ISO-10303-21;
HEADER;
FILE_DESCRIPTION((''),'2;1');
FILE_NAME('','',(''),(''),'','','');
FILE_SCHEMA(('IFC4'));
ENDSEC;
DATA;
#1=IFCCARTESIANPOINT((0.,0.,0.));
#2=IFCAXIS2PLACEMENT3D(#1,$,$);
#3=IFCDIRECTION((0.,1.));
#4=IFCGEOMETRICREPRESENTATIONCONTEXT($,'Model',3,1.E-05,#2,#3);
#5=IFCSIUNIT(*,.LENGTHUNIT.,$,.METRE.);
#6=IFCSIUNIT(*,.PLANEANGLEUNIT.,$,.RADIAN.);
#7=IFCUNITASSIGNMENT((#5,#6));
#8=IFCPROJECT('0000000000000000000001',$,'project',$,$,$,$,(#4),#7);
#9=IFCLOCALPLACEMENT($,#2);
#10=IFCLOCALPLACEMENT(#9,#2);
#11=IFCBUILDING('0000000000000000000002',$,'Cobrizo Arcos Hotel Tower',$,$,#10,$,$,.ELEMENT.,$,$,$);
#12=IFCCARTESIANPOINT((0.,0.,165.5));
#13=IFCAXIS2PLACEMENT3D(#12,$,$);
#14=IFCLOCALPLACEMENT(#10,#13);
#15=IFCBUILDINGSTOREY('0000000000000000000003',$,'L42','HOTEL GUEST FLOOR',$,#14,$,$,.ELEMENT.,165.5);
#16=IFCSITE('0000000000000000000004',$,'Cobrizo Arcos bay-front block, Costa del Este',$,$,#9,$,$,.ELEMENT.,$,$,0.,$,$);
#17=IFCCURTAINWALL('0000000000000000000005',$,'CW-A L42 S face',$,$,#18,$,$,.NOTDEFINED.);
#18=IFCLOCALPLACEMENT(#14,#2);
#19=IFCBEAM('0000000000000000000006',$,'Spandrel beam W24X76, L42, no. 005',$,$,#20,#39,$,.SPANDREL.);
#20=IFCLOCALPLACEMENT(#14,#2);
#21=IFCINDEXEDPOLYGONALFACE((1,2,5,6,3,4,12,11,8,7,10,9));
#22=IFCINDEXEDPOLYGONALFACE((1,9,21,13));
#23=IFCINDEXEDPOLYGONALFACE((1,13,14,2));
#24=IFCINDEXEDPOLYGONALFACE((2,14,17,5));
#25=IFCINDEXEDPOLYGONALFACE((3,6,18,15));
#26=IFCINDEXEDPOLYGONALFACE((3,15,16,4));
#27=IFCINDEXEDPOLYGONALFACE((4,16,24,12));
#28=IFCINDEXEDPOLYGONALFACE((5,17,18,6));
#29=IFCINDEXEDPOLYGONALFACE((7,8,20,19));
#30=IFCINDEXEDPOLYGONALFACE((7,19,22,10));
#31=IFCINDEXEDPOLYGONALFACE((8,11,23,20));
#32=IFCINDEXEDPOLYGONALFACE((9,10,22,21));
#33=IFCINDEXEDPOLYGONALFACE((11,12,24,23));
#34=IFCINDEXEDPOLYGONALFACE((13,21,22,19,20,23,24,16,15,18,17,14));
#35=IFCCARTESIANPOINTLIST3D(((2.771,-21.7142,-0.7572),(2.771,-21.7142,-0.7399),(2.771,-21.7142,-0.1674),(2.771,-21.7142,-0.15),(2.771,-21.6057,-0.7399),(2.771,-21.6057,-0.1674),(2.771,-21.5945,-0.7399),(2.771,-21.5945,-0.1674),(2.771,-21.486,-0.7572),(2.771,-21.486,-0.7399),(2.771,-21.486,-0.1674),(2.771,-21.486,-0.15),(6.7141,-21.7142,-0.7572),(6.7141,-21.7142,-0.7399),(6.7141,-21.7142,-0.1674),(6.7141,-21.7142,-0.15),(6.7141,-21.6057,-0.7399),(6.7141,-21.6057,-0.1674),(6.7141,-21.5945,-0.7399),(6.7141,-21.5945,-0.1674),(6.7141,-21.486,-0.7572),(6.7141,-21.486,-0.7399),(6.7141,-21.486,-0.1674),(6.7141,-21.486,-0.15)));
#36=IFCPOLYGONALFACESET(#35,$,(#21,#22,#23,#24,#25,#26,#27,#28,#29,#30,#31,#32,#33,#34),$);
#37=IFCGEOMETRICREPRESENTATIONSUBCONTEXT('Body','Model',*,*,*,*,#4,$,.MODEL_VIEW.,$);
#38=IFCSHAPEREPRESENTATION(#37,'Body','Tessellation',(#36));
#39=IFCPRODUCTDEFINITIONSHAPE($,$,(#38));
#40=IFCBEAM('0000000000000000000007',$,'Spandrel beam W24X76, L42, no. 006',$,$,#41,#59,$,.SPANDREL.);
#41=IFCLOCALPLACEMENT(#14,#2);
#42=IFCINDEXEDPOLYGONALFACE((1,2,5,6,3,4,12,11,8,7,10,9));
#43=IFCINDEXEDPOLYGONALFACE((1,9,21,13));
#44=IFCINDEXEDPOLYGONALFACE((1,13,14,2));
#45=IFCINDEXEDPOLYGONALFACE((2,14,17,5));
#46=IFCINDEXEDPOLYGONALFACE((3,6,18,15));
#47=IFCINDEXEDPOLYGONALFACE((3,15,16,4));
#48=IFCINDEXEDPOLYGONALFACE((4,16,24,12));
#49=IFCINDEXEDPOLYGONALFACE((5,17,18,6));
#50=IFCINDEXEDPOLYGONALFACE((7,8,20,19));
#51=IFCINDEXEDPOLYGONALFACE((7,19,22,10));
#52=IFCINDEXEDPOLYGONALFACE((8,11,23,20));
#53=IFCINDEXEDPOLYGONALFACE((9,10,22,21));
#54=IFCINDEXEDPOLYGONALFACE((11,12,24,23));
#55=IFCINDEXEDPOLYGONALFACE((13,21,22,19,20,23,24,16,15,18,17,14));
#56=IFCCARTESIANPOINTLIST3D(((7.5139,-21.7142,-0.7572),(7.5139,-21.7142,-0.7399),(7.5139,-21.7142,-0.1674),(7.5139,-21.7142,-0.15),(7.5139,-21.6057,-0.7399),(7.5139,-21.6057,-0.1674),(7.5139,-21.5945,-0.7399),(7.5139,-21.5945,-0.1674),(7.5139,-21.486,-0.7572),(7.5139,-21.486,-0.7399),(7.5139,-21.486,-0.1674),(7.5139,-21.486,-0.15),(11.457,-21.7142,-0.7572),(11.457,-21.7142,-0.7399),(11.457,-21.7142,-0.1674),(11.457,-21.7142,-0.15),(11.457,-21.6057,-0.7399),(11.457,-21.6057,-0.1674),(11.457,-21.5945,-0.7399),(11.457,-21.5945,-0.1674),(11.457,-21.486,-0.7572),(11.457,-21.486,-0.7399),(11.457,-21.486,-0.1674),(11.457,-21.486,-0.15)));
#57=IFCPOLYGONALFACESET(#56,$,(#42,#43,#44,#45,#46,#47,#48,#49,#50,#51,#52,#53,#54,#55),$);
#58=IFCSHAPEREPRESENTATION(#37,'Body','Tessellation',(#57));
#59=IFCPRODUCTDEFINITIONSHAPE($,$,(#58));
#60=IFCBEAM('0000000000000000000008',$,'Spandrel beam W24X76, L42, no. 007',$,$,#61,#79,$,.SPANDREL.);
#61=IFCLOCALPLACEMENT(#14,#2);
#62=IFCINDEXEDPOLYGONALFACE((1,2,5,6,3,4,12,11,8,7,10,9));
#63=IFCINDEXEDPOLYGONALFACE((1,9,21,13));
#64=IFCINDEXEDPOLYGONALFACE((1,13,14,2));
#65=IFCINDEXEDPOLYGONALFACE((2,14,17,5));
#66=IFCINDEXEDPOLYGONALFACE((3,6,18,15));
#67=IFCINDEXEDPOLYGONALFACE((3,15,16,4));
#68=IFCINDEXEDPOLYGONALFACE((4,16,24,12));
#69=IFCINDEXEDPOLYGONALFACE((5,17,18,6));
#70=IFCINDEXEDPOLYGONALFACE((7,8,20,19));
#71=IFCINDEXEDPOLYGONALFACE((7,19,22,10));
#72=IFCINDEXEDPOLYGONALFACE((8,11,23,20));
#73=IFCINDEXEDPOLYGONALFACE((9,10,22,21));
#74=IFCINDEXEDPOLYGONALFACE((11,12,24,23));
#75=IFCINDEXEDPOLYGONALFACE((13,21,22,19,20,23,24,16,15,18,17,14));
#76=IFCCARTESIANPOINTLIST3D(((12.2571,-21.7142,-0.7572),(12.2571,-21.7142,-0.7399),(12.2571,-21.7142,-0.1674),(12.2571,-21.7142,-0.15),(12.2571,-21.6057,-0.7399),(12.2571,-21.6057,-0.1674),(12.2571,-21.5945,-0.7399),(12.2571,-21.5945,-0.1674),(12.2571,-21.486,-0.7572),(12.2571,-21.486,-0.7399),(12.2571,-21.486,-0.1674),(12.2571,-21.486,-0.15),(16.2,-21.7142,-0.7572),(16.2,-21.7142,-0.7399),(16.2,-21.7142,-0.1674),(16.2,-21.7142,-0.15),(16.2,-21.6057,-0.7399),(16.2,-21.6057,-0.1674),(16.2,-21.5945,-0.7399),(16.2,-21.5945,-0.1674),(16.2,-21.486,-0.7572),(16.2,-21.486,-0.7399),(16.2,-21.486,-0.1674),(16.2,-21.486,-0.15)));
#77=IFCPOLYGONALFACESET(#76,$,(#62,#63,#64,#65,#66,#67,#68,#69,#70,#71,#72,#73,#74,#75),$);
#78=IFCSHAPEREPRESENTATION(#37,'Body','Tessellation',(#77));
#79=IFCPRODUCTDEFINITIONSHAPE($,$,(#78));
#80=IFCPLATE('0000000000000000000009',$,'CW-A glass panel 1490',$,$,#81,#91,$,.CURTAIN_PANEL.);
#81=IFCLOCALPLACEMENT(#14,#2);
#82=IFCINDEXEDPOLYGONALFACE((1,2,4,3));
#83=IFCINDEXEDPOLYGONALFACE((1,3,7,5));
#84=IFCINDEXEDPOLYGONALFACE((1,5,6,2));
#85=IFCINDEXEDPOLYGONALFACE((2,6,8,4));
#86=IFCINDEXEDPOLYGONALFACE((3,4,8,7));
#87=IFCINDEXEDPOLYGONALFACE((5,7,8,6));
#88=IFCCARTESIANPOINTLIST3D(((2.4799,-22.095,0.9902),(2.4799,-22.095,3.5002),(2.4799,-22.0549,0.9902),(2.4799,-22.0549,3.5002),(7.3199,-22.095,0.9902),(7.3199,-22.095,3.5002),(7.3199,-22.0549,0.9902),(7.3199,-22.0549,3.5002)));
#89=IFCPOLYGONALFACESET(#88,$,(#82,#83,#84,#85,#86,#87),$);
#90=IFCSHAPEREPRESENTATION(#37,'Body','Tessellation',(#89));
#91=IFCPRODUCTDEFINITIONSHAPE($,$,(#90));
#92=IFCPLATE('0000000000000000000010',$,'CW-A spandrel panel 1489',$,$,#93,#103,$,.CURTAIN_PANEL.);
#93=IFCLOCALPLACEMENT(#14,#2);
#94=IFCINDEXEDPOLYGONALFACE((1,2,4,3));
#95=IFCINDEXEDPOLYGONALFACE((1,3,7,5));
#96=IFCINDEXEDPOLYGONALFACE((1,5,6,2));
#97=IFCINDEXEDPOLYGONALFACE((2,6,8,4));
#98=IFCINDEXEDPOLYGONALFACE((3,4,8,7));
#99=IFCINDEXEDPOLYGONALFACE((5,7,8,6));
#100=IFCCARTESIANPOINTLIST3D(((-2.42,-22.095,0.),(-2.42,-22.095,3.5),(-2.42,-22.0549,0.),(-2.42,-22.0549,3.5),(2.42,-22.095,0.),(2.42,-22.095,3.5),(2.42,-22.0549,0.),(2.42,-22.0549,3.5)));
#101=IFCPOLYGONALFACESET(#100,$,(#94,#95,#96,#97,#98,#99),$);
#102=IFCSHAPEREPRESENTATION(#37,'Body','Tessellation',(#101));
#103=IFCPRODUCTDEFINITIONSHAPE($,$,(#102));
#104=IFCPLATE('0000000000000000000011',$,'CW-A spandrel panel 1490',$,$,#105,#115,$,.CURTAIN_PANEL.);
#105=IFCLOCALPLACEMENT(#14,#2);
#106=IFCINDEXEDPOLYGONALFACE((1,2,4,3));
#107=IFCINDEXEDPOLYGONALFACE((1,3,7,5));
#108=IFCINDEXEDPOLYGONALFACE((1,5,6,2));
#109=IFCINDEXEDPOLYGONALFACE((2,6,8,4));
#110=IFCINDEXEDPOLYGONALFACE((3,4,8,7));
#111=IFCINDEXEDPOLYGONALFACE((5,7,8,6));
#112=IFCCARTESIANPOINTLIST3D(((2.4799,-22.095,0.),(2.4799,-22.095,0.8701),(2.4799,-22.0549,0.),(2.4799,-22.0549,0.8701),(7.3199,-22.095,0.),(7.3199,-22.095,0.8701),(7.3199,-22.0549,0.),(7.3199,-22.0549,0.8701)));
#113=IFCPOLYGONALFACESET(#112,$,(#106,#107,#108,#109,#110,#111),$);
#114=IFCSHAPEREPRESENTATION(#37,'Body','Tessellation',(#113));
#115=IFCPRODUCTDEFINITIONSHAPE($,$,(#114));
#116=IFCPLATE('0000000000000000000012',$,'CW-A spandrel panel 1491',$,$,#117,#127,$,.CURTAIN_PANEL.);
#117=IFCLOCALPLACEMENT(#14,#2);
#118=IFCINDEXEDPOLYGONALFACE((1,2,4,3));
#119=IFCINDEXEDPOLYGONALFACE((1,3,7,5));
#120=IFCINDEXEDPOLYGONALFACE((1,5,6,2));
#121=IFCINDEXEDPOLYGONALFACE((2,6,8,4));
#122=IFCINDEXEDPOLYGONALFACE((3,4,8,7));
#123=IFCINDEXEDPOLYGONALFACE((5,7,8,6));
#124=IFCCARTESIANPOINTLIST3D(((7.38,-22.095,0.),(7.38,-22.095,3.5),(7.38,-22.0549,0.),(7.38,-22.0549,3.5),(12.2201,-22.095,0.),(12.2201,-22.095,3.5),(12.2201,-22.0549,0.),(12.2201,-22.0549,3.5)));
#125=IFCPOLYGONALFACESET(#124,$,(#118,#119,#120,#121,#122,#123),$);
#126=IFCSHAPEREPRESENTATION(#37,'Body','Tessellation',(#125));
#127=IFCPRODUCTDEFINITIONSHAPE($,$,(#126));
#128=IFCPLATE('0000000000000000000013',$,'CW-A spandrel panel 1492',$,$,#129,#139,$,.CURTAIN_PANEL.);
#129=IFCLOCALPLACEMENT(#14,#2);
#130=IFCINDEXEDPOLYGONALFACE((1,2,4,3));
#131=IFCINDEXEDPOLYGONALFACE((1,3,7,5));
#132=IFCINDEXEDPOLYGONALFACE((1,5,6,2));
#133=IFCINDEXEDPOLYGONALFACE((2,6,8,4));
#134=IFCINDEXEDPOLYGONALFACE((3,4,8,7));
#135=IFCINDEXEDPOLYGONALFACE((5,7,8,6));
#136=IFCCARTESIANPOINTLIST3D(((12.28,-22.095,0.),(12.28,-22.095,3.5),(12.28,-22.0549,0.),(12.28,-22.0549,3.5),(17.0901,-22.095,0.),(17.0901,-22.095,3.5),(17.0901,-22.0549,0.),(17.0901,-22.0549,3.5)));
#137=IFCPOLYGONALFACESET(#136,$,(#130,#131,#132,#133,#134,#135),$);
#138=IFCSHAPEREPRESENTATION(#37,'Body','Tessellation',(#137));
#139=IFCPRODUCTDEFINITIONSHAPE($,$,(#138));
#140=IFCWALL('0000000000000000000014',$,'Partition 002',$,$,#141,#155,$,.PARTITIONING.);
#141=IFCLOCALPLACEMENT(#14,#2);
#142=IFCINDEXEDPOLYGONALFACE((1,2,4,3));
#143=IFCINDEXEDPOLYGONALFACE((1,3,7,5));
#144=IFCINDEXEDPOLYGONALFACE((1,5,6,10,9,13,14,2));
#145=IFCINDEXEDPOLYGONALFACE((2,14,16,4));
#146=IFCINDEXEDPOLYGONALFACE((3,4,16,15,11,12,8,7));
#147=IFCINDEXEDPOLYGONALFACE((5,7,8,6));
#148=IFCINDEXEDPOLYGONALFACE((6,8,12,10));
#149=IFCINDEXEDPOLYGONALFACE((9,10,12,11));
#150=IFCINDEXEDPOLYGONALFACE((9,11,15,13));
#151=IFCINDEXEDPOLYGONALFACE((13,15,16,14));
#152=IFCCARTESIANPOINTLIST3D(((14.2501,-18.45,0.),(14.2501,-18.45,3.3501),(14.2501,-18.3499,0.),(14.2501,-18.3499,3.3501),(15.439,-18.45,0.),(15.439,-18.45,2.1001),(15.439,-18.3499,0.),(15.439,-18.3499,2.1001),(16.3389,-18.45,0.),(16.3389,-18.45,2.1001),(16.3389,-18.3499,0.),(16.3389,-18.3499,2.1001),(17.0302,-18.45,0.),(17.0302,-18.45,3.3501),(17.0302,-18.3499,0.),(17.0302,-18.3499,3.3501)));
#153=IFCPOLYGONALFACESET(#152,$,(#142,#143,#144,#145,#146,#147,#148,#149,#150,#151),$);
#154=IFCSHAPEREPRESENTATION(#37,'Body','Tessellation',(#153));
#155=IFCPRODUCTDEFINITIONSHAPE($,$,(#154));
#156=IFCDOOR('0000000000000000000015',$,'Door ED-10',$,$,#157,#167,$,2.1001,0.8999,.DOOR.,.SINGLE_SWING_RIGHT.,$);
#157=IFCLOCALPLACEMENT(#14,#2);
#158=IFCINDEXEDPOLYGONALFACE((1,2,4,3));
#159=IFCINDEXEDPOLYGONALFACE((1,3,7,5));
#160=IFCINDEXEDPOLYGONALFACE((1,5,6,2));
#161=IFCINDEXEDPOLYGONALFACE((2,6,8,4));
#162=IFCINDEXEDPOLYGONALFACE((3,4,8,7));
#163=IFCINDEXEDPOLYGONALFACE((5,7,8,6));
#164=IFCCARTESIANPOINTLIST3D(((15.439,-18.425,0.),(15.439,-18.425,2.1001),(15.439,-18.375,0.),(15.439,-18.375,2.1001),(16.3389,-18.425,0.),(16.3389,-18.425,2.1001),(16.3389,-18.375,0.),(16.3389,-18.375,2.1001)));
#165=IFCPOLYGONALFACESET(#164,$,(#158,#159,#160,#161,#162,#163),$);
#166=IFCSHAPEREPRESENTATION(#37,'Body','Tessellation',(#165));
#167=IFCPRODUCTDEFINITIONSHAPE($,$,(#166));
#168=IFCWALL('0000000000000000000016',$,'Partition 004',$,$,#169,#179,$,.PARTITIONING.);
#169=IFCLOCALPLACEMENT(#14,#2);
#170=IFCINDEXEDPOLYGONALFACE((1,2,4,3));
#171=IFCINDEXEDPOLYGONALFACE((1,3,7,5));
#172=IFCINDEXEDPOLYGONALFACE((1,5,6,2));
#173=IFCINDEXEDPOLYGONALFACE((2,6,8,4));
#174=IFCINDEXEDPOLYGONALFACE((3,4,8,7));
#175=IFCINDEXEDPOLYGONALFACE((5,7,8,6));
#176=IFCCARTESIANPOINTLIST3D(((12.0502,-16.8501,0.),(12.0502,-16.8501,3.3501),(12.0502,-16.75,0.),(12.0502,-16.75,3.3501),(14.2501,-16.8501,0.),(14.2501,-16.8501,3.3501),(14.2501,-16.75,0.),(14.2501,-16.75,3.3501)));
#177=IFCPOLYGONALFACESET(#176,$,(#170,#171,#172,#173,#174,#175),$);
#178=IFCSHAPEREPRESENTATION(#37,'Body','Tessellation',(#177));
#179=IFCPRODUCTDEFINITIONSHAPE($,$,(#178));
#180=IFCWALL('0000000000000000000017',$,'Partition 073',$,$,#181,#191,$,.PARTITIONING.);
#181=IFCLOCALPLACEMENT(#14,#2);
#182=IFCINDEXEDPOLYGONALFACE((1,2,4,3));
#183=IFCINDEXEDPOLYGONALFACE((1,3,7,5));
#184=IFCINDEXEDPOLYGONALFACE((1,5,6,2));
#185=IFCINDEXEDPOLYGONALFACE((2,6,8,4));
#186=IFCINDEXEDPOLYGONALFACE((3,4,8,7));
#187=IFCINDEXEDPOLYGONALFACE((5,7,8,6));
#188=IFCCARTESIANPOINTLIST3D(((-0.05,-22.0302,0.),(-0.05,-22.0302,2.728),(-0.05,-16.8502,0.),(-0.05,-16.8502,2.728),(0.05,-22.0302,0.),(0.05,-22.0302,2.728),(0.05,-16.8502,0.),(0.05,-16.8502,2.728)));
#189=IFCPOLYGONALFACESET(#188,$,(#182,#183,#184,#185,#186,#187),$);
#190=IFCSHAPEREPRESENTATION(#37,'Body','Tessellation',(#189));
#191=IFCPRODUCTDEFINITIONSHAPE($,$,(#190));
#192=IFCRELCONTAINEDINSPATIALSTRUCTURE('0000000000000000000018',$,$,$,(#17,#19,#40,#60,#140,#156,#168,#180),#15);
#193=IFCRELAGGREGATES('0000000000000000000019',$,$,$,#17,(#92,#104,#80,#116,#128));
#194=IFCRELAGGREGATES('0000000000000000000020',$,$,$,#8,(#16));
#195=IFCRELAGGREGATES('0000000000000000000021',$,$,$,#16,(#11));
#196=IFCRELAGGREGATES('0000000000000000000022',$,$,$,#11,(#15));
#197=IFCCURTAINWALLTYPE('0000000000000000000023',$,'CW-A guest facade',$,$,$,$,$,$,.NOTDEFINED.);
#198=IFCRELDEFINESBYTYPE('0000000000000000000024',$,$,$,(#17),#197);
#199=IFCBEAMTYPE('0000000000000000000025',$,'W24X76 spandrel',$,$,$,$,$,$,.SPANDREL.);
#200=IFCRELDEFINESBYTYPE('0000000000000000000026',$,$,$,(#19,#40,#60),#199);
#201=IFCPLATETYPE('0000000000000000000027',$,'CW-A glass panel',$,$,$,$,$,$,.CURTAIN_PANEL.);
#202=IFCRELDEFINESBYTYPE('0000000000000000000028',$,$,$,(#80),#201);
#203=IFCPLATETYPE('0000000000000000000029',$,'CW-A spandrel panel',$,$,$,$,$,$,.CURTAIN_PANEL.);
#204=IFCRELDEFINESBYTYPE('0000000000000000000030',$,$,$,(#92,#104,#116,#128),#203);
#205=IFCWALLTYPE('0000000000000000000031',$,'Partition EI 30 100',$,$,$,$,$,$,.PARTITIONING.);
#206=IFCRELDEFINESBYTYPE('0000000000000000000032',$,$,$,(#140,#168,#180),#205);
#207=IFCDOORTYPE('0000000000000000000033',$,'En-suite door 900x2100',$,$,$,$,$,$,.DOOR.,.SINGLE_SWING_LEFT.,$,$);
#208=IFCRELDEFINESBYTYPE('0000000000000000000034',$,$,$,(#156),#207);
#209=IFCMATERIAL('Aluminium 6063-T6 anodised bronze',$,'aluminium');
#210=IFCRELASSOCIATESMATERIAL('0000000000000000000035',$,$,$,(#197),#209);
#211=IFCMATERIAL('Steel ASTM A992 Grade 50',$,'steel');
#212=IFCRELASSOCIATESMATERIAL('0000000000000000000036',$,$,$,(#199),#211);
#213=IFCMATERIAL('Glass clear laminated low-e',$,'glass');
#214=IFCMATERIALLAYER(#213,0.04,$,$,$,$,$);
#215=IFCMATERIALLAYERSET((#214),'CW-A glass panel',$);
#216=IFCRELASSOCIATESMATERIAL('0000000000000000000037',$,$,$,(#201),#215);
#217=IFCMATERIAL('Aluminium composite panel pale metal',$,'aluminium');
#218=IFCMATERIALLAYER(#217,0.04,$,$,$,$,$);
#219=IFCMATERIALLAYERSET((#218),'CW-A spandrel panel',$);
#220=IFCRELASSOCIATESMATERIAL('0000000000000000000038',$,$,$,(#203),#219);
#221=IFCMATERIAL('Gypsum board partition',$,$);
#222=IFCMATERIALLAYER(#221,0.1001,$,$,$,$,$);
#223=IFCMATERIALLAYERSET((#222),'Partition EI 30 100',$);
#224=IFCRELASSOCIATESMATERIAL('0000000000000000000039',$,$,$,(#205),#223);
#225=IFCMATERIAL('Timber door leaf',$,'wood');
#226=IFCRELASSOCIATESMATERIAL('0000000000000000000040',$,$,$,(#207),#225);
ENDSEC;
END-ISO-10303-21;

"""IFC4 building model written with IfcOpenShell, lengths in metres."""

from ifc_helpers import new_model, si_unit, direction, frame, frame_2d, origin, origin_2d, place, context, subcontext, project, spatial, rectangle, i_section, extrude, material, layer, layer_set, material_profile, profile_set, type_object, element, fill, aggregate, save


model = new_model("IFC4")

# Units and contexts
model_context = context("Model", 3, precision=1e-05, world=origin(), true_north=direction((0.0, 1.0)))
body_context = subcontext(model_context, "Body", "Model", "MODEL_VIEW")
ifc_project = project(units=[si_unit("LENGTHUNIT", "METRE"), si_unit("PLANEANGLEUNIT", "RADIAN")], contexts=[model_context])

# Site, building, storey
site_placement = place(None, origin())
site = spatial("IfcSite", under=ifc_project, at=site_placement, Name="Cobrizo Arcos bay-front block, Costa del Este", CompositionType="ELEMENT", RefElevation=0.0)
building_placement = place(site_placement, origin())
building = spatial("IfcBuilding", under=site, at=building_placement, Name="Cobrizo Arcos Hotel Tower", CompositionType="ELEMENT")
storey_placement = place(building_placement, frame((0.0, 0.0, 165.5)))
storey = spatial("IfcBuildingStorey", under=building, at=storey_placement, Name="L42", Description="HOTEL GUEST FLOOR", CompositionType="ELEMENT", Elevation=165.5)

# Curtain wall
ifc_material_1 = material(Name="Aluminium 6063-T6 anodised bronze", Category="aluminium")
curtain_wall_type = type_object("IfcCurtainWallType", Name="CW-A guest facade", PredefinedType="NOTDEFINED", material=ifc_material_1)
curtain_wall_placement = place(storey_placement, origin())
curtain_wall = element("IfcCurtainWall", 1, at=curtain_wall_placement, inside=storey, type_object=curtain_wall_type, Name="CW-A L42 S face", PredefinedType="NOTDEFINED")

# Beams
ifc_material_2 = material(Name="Steel ASTM A992 Grade 50", Category="steel")
ifc_material_profile_1 = material_profile(ifc_material_2, i_section(OverallWidth=0.2283, OverallDepth=0.6072, WebThickness=0.0112, FlangeThickness=0.0173, at=origin_2d()), Name="W24X76")
ifc_profile_set_1 = profile_set([ifc_material_profile_1], Name="Steel ASTM A992 Grade 50")
beam_type_1 = type_object("IfcBeamType", Name="W24X76 spandrel", PredefinedType="SPANDREL", material=ifc_profile_set_1)
for number, where, z_axis, x_axis, name in (
    (2, (2.771, -21.6001, -0.4536), (1.0, 0.0, 0.0), (0.0, 1.0, 0.0), "Spandrel beam W24X76, L42, no. 005"),
    (3, (7.5139, -21.6001, -0.4536), (1.0, 0.0, 0.0), (0.0, 1.0, 0.0), "Spandrel beam W24X76, L42, no. 006"),
):
    element("IfcBeam", number, at=place(storey_placement, frame(where, z_axis=z_axis, x_axis=x_axis)), inside=storey, type_object=beam_type_1, Name=name, PredefinedType="SPANDREL", context=body_context, shape_type="SweptSolid", body=[
        extrude(i_section(OverallWidth=0.2283, OverallDepth=0.6072, WebThickness=0.0112, FlangeThickness=0.0173, at=origin_2d()), origin(), (0.0, 0.0, 1.0), 3.9431),
    ])
beam_1_placement = place(storey_placement, frame((12.2571, -21.6001, -0.4536), z_axis=(1.0, 0.0, 0.0), x_axis=(0.0, 1.0, 0.0)))
element("IfcBeam", 4, at=beam_1_placement, inside=storey, type_object=beam_type_1, Name="Spandrel beam W24X76, L42, no. 007", PredefinedType="SPANDREL", context=body_context, shape_type="SweptSolid", body=[
    extrude(i_section(OverallWidth=0.2283, OverallDepth=0.6072, WebThickness=0.0112, FlangeThickness=0.0173, at=origin_2d()), origin(), (0.0, 0.0, 1.0), 3.9429),
])

# Plates
ifc_material_3 = material(Name="Glass clear laminated low-e", Category="glass")
ifc_layer_1 = layer(ifc_material_3, 0.04)
ifc_layer_set_1 = layer_set([ifc_layer_1], Name="CW-A glass panel")
plate_type_1 = type_object("IfcPlateType", Name="CW-A glass panel", PredefinedType="CURTAIN_PANEL", material=ifc_layer_set_1)
plate_1_placement = place(storey_placement, frame((4.8999, -22.075, 0.9902), z_axis=(0.0, 0.0, 1.0), x_axis=(1.0, 0.0, 0.0)))
plate_1 = element("IfcPlate", 5, at=plate_1_placement, type_object=plate_type_1, Name="CW-A glass panel 1490", PredefinedType="CURTAIN_PANEL", context=body_context, shape_type="SweptSolid", body=[
    extrude(rectangle(XDim=4.8401, YDim=0.04, at=origin_2d()), origin(), (0.0, 0.0, 1.0), 2.51),
])
ifc_material_4 = material(Name="Aluminium composite panel pale metal", Category="aluminium")
ifc_layer_2 = layer(ifc_material_4, 0.04)
ifc_layer_set_2 = layer_set([ifc_layer_2], Name="CW-A spandrel panel")
plate_type_2 = type_object("IfcPlateType", Name="CW-A spandrel panel", PredefinedType="CURTAIN_PANEL", material=ifc_layer_set_2)
plate_2_placement = place(storey_placement, frame((0.0, -22.075, 0.0), z_axis=(0.0, 0.0, 1.0), x_axis=(1.0, 0.0, 0.0)))
plate_2 = element("IfcPlate", 6, at=plate_2_placement, type_object=plate_type_2, Name="CW-A spandrel panel 1489", PredefinedType="CURTAIN_PANEL", context=body_context, shape_type="SweptSolid", body=[
    extrude(rectangle(XDim=4.8401, YDim=0.04, at=origin_2d()), origin(), (0.0, 0.0, 1.0), 3.5),
])
plate_3_placement = place(storey_placement, frame((4.8999, -22.075, 0.0), z_axis=(0.0, 0.0, 1.0), x_axis=(1.0, 0.0, 0.0)))
plate_3 = element("IfcPlate", 7, at=plate_3_placement, type_object=plate_type_2, Name="CW-A spandrel panel 1490", PredefinedType="CURTAIN_PANEL", context=body_context, shape_type="SweptSolid", body=[
    extrude(rectangle(XDim=4.8401, YDim=0.04, at=origin_2d()), origin(), (0.0, 0.0, 1.0), 0.8701),
])
plate_4_placement = place(storey_placement, frame((9.8, -22.075, 0.0), z_axis=(0.0, 0.0, 1.0), x_axis=(1.0, 0.0, 0.0)))
plate_4 = element("IfcPlate", 8, at=plate_4_placement, type_object=plate_type_2, Name="CW-A spandrel panel 1491", PredefinedType="CURTAIN_PANEL", context=body_context, shape_type="SweptSolid", body=[
    extrude(rectangle(XDim=4.8401, YDim=0.04, at=origin_2d()), origin(), (0.0, 0.0, 1.0), 3.5),
])
plate_5_placement = place(storey_placement, frame((14.6851, -22.075, 0.0), z_axis=(0.0, 0.0, 1.0), x_axis=(1.0, 0.0, 0.0)))
plate_5 = element("IfcPlate", 9, at=plate_5_placement, type_object=plate_type_2, Name="CW-A spandrel panel 1492", PredefinedType="CURTAIN_PANEL", context=body_context, shape_type="SweptSolid", body=[
    extrude(rectangle(XDim=4.8101, YDim=0.04, at=origin_2d()), origin(), (0.0, 0.0, 1.0), 3.5),
])
aggregate(curtain_wall, [plate_2, plate_3, plate_1, plate_4, plate_5])

# Wall, opening, door
ifc_material_5 = material(Name="Gypsum board partition")
ifc_layer_3 = layer(ifc_material_5, 0.1001)
ifc_layer_set_3 = layer_set([ifc_layer_3], Name="Partition EI 30 100")
wall_type = type_object("IfcWallType", Name="Partition EI 30 100", PredefinedType="PARTITIONING", material=ifc_layer_set_3)
wall_1_placement = place(storey_placement, frame((14.25, -18.3999, 0.0), z_axis=(0.0, 0.0, 1.0), x_axis=(1.0, 0.0, 0.0)))
wall_1 = element("IfcWall", 10, at=wall_1_placement, inside=storey, type_object=wall_type, Name="Partition 002", PredefinedType="PARTITIONING", context=body_context, shape_type="SweptSolid", body=[
    extrude(rectangle(XDim=2.78, YDim=0.1001, at=frame_2d((1.3901, 0.0))), origin(), (0.0, 0.0, 1.0), 3.3501),
])
opening_1_placement = place(wall_1_placement, frame((1.189, 0.0, 0.0)))
opening_1 = element("IfcOpeningElement", 11, at=opening_1_placement, cuts=wall_1, PredefinedType="OPENING", context=body_context, shape_type="SweptSolid", body=[
    extrude(rectangle(XDim=0.8999, YDim=2.1001, at=frame_2d((0.45, 1.05))), frame((0.0, 0.062, 0.0), z_axis=(0.0, -1.0, 0.0), x_axis=(1.0, 0.0, 0.0)), (0.0, 0.0, 1.0), 0.124),
])
ifc_material_6 = material(Name="Timber door leaf", Category="wood")
door_type_1 = type_object("IfcDoorType", Name="En-suite door 900x2100", OperationType="SINGLE_SWING_LEFT", PredefinedType="DOOR", material=ifc_material_6)
door_1_placement = place(opening_1_placement, origin())
door_1 = element("IfcDoor", 12, at=door_1_placement, inside=storey, type_object=door_type_1, Name="Door ED-10", OperationType="SINGLE_SWING_RIGHT", OverallHeight=2.1001, OverallWidth=0.8999, PredefinedType="DOOR", context=body_context, shape_type="SweptSolid", body=[
    extrude(rectangle(XDim=0.8999, YDim=2.1001, at=frame_2d((0.45, 1.05))), frame((0.0, 0.0249, 0.0), z_axis=(0.0, -1.0, 0.0), x_axis=(1.0, 0.0, 0.0)), (0.0, 0.0, 1.0), 0.05),
])
fill(opening_1, door_1)

# Walls
wall_2_placement = place(storey_placement, frame((12.05, -16.8, 0.0), z_axis=(0.0, 0.0, 1.0), x_axis=(1.0, 0.0, 0.0)))
element("IfcWall", 13, at=wall_2_placement, inside=storey, type_object=wall_type, Name="Partition 004", PredefinedType="PARTITIONING", context=body_context, shape_type="SweptSolid", body=[
    extrude(rectangle(XDim=2.2, YDim=0.1001, at=frame_2d((1.1001, 0.0))), origin(), (0.0, 0.0, 1.0), 3.3501),
])
wall_3_placement = place(storey_placement, frame((0.0, -22.03, 0.0), z_axis=(0.0, 0.0, 1.0), x_axis=(0.0, 1.0, 0.0)))
element("IfcWall", 14, at=wall_3_placement, inside=storey, type_object=wall_type, Name="Partition 073", PredefinedType="PARTITIONING", context=body_context, shape_type="SweptSolid", body=[
    extrude(rectangle(XDim=5.1799, YDim=0.1001, at=frame_2d((2.5898, 0.0))), origin(), (0.0, 0.0, 1.0), 2.728),
])

save(model, "model.ifc")
